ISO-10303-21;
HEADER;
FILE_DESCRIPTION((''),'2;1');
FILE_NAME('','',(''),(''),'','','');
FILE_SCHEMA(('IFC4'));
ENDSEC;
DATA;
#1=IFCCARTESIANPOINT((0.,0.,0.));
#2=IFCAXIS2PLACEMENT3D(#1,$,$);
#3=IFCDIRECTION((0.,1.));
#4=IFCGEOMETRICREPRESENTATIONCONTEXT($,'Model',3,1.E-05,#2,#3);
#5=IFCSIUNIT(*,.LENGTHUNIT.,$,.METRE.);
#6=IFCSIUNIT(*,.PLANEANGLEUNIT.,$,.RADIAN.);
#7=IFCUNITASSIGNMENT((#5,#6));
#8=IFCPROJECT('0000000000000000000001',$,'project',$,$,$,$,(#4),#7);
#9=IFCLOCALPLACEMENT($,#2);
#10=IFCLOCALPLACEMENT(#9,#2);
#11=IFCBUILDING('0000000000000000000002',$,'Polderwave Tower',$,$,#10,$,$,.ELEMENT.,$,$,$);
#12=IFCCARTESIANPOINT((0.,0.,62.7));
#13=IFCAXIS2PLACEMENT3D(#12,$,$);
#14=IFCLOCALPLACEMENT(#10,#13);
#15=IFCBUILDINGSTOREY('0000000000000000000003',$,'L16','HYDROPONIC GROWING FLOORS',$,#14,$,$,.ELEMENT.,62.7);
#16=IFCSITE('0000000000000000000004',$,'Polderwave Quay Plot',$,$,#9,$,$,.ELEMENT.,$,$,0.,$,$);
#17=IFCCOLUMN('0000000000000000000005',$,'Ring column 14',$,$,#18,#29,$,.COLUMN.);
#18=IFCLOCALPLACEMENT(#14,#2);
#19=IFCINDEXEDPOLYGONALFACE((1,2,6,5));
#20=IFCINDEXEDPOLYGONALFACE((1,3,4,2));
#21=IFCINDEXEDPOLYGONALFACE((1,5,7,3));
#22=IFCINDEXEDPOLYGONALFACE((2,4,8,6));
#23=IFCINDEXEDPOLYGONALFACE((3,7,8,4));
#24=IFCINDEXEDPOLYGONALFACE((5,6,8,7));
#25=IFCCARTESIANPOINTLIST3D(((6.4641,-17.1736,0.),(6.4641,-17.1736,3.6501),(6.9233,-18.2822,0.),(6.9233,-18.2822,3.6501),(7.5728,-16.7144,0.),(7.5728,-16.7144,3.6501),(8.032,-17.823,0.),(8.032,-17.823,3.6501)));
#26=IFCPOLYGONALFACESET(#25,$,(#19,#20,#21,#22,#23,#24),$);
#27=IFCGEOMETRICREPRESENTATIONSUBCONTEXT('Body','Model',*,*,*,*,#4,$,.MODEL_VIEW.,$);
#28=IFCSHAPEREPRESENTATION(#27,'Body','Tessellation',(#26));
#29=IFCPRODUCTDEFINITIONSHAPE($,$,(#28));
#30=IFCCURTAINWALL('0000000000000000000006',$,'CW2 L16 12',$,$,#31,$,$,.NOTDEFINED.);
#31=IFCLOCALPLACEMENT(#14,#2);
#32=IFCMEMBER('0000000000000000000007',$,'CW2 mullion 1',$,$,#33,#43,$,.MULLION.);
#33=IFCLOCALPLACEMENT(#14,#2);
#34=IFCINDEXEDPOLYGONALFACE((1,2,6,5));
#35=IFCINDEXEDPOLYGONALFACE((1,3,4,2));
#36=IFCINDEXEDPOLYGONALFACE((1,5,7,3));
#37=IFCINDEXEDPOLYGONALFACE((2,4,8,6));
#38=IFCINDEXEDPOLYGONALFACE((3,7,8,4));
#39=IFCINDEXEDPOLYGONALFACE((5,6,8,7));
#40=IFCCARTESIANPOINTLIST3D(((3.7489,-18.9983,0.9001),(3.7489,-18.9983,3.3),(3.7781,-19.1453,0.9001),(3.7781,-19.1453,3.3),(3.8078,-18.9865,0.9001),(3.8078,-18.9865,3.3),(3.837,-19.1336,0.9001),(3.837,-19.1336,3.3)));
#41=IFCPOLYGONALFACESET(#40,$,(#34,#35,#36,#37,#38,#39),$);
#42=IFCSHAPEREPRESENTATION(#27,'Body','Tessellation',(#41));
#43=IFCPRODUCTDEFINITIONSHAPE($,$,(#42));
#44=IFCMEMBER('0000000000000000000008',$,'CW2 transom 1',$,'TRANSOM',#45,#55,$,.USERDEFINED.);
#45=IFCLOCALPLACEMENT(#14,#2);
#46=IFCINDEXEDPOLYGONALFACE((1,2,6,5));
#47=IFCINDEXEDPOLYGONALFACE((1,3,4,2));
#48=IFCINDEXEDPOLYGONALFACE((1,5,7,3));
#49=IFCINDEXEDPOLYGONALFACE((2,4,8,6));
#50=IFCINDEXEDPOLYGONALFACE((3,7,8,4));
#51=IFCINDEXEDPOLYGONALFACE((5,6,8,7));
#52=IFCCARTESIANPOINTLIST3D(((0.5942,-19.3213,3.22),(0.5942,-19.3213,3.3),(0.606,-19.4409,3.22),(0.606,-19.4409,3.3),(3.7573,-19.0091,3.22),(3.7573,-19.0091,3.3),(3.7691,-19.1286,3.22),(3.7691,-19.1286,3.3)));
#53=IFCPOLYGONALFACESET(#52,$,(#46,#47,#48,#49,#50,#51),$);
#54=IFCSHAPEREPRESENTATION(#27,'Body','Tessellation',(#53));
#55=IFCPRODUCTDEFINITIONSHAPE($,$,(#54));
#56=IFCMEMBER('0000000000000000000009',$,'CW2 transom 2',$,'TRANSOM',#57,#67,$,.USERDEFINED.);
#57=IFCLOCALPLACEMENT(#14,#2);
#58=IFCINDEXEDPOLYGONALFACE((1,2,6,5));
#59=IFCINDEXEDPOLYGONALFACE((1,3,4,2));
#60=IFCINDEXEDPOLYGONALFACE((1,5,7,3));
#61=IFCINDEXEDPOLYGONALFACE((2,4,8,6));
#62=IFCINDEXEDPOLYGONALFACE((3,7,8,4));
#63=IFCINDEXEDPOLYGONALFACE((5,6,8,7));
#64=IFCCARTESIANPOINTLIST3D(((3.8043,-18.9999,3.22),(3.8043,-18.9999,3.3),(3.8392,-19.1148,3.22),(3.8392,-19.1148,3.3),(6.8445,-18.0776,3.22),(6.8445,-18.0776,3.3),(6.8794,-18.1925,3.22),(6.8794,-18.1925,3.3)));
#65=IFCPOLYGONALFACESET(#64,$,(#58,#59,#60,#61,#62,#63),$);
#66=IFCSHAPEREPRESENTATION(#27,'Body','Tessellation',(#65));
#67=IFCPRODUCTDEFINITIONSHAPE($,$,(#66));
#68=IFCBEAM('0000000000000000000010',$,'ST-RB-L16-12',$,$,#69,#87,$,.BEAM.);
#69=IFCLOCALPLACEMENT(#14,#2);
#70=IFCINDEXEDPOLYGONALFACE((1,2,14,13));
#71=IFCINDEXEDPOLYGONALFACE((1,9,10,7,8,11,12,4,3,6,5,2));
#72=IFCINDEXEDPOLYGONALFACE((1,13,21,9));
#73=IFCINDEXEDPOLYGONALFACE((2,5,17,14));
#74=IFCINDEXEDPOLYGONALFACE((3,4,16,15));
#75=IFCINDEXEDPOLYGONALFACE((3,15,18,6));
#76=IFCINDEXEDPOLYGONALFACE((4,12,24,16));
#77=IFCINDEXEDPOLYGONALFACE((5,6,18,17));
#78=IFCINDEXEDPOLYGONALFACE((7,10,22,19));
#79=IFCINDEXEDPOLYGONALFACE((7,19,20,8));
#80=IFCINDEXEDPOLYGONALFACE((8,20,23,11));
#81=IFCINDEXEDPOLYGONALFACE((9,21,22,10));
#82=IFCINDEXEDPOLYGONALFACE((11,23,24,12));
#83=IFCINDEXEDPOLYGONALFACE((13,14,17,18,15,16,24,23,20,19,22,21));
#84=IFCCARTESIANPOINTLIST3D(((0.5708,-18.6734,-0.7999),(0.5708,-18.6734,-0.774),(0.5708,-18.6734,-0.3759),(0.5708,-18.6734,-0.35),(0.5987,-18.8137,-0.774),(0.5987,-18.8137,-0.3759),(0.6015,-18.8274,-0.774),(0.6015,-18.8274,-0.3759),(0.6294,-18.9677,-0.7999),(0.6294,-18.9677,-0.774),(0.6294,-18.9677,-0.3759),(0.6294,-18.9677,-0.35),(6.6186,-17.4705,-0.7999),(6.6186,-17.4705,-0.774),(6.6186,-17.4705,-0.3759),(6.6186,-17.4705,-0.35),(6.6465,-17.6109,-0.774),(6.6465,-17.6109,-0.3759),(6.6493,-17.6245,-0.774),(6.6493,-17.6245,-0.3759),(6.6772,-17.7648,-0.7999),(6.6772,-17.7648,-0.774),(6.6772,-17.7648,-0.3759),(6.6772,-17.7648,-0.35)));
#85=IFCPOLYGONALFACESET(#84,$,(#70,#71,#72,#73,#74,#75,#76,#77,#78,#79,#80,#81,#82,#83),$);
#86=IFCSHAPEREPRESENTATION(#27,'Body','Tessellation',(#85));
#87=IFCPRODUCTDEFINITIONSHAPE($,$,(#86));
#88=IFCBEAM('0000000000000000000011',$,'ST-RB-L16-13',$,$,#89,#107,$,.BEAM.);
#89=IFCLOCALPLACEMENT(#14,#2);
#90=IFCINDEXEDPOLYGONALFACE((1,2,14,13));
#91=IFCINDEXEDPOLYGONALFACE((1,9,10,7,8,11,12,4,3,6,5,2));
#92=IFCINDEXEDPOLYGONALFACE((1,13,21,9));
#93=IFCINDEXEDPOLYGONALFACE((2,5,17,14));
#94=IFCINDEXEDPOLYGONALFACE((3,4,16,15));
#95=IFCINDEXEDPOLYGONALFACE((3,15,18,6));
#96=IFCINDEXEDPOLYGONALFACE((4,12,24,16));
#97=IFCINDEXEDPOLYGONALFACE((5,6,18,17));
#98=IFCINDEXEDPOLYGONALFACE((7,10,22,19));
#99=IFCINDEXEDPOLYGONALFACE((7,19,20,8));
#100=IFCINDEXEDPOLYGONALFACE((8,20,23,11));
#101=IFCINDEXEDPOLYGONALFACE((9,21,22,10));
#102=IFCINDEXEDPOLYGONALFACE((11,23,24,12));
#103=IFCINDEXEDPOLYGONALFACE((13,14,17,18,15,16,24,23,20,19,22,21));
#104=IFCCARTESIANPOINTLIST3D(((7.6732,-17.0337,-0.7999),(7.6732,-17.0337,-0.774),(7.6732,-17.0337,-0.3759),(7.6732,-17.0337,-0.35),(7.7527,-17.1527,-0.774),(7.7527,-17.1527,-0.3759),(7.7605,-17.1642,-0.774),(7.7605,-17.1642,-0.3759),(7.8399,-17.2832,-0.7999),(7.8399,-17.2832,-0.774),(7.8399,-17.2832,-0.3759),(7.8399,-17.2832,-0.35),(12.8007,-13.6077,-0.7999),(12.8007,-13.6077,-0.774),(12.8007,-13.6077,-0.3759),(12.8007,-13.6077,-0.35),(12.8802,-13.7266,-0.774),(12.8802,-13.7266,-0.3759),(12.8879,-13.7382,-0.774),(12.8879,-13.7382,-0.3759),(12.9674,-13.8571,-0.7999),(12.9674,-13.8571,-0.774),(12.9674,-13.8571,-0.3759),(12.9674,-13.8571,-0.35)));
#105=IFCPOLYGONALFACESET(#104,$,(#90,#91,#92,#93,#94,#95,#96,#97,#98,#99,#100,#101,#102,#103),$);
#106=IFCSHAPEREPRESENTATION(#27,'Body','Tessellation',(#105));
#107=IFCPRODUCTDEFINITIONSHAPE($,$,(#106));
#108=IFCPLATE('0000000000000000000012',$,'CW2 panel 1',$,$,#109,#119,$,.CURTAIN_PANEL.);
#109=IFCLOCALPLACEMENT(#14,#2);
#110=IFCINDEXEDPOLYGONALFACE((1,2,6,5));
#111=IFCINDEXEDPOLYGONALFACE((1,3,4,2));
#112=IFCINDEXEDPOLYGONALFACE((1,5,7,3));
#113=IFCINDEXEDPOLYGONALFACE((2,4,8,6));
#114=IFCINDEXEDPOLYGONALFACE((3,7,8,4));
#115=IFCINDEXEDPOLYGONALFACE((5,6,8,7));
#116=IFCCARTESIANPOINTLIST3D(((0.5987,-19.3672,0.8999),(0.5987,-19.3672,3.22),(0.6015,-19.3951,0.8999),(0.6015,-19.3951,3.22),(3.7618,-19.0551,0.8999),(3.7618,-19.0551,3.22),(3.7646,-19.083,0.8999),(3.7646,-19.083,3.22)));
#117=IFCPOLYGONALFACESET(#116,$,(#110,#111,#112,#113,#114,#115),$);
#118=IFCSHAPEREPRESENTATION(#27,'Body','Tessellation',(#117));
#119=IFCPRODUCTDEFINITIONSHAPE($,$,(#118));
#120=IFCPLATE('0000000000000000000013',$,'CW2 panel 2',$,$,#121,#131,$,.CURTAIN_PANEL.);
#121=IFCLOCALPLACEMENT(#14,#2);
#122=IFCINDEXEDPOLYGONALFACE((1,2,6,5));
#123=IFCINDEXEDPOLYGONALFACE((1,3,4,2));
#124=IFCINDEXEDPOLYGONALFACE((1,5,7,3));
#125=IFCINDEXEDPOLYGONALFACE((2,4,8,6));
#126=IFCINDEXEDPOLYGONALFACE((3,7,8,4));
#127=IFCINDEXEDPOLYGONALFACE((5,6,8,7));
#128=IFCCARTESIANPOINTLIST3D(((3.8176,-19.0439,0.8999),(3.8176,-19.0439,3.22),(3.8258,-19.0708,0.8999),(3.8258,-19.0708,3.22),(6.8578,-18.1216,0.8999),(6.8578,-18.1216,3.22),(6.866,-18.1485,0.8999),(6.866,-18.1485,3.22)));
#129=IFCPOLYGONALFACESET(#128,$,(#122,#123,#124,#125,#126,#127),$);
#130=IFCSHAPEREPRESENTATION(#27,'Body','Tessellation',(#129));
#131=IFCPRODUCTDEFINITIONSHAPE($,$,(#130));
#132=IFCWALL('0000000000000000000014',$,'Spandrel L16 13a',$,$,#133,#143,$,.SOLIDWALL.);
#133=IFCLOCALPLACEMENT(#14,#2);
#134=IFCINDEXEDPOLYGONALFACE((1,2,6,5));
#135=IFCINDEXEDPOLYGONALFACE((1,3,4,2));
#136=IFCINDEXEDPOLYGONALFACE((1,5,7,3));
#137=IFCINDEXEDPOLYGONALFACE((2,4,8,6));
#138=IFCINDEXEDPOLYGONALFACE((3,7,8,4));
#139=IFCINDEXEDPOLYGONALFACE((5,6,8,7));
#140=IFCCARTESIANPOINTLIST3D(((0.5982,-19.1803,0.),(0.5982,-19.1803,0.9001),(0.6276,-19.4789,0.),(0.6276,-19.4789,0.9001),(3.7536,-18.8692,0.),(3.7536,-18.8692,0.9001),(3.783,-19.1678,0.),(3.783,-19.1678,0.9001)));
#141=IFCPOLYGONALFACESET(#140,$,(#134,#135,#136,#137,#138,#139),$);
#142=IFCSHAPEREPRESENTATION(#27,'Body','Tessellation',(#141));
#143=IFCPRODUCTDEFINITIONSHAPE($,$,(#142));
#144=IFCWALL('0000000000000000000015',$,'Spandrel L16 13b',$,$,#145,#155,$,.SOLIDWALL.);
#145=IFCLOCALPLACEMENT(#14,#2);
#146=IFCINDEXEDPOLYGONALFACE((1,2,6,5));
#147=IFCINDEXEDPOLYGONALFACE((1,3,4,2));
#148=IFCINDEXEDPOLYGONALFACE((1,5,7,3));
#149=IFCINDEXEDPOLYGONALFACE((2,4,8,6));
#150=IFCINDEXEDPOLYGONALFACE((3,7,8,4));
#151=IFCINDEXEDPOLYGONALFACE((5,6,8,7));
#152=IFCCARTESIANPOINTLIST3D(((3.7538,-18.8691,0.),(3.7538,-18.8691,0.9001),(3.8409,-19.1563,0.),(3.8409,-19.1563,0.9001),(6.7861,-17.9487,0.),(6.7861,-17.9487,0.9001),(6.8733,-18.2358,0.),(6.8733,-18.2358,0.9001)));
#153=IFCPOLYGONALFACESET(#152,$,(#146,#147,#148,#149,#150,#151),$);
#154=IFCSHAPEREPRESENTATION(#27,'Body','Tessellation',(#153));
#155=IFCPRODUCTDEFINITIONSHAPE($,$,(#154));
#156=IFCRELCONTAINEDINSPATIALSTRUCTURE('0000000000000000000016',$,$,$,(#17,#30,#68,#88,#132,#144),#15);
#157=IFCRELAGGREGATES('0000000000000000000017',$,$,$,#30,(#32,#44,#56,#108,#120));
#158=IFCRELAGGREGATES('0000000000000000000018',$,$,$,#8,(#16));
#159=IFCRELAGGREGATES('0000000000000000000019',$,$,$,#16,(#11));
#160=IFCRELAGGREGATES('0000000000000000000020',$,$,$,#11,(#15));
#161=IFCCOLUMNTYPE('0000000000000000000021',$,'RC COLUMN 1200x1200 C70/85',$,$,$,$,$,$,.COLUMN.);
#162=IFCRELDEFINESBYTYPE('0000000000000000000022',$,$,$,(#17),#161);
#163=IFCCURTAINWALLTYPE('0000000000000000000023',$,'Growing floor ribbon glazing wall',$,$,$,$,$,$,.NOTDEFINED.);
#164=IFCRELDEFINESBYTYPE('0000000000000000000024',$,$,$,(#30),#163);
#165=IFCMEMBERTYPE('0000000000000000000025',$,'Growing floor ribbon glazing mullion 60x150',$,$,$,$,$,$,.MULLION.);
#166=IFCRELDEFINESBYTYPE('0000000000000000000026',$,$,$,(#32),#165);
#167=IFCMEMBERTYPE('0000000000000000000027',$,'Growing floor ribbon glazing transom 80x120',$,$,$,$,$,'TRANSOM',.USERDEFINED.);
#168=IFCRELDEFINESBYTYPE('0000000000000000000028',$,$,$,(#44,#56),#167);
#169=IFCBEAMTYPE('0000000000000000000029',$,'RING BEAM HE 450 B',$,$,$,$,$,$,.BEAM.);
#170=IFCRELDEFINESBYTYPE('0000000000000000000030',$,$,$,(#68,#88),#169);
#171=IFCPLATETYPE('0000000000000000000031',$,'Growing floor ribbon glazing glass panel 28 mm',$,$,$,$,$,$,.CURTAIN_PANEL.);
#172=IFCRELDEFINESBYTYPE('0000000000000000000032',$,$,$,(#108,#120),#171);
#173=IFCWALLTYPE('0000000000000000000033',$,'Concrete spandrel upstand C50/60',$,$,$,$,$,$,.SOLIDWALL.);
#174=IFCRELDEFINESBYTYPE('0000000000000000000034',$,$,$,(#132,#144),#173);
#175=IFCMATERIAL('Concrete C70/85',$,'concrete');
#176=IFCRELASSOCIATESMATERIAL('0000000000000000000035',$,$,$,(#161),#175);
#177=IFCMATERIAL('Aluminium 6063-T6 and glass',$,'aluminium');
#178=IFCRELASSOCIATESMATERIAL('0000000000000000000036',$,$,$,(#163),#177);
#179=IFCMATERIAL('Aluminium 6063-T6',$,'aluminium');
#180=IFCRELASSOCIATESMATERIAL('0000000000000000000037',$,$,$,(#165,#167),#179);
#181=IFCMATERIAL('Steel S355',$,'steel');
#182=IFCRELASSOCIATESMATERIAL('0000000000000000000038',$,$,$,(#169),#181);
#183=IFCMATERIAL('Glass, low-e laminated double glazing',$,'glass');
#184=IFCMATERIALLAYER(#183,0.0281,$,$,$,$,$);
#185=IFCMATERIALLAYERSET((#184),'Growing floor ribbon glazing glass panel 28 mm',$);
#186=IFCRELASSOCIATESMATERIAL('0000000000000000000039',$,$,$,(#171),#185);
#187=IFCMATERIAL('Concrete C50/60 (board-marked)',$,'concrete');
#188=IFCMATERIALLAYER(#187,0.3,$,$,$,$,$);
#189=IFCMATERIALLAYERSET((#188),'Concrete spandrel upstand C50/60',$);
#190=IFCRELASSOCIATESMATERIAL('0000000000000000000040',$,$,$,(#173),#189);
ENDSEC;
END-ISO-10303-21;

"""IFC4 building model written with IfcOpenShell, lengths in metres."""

from ifc_helpers import new_model, si_unit, direction, frame, frame_2d, origin, origin_2d, place, context, subcontext, project, spatial, rectangle, i_section, extrude, material, layer, layer_set, material_profile, profile_set, type_object, element, aggregate, save


model = new_model("IFC4")

# Units and contexts
model_context = context("Model", 3, precision=1e-05, world=origin(), true_north=direction((0.0, 1.0)))
body_context = subcontext(model_context, "Body", "Model", "MODEL_VIEW")
ifc_project = project(units=[si_unit("LENGTHUNIT", "METRE"), si_unit("PLANEANGLEUNIT", "RADIAN")], contexts=[model_context])

# Site, building, storey
site_placement = place(None, origin())
site = spatial("IfcSite", under=ifc_project, at=site_placement, Name="Polderwave Quay Plot", CompositionType="ELEMENT", RefElevation=0.0)
building_placement = place(site_placement, origin())
building = spatial("IfcBuilding", under=site, at=building_placement, Name="Polderwave Tower", CompositionType="ELEMENT")
storey_placement = place(building_placement, frame((0.0, 0.0, 62.7)))
storey = spatial("IfcBuildingStorey", under=building, at=storey_placement, Name="L16", Description="HYDROPONIC GROWING FLOORS", CompositionType="ELEMENT", Elevation=62.7)

# Column
ifc_material_1 = material(Name="Concrete C70/85", Category="concrete")
ifc_material_profile_1 = material_profile(ifc_material_1, rectangle(XDim=1.2, YDim=1.2, at=origin_2d()), Name="RC 1200x1200")
ifc_profile_set_1 = profile_set([ifc_material_profile_1], Name="Concrete C70/85")
column_type = type_object("IfcColumnType", Name="RC COLUMN 1200x1200 C70/85", PredefinedType="COLUMN", material=ifc_profile_set_1)
column_placement = place(storey_placement, frame((7.248, -17.4983, 0.0), z_axis=(0.0, 0.0, 1.0), x_axis=(0.382683, -0.92388, 0.0)))
element("IfcColumn", 1, at=column_placement, inside=storey, type_object=column_type, Name="Ring column 14", PredefinedType="COLUMN", context=body_context, shape_type="SweptSolid", body=[
    extrude(rectangle(XDim=1.2, YDim=1.2, at=origin_2d()), origin(), (0.0, 0.0, 1.0), 3.6501),
])

# Curtain wall, members
ifc_material_2 = material(Name="Aluminium 6063-T6 and glass", Category="aluminium")
curtain_wall_type = type_object("IfcCurtainWallType", Name="Growing floor ribbon glazing wall", PredefinedType="NOTDEFINED", material=ifc_material_2)
curtain_wall_placement = place(storey_placement, origin())
curtain_wall = element("IfcCurtainWall", 2, at=curtain_wall_placement, inside=storey, type_object=curtain_wall_type, Name="CW2 L16 12", PredefinedType="NOTDEFINED")
ifc_material_3 = material(Name="Aluminium 6063-T6", Category="aluminium")
ifc_material_profile_2 = material_profile(ifc_material_3, rectangle(XDim=0.1499, YDim=0.0601, at=origin_2d()), Name="AL 60x150")
ifc_profile_set_2 = profile_set([ifc_material_profile_2], Name="Aluminium 6063-T6")
member_type_1 = type_object("IfcMemberType", Name="Growing floor ribbon glazing mullion 60x150", PredefinedType="MULLION", material=ifc_profile_set_2)
member_1_placement = place(storey_placement, frame((3.793, -19.0659, 0.9001), z_axis=(0.0, 0.0, 1.0), x_axis=(-0.195172, 0.980769, 0.0)))
member_1 = element("IfcMember", 3, at=member_1_placement, type_object=member_type_1, Name="CW2 mullion 1", PredefinedType="MULLION", context=body_context, shape_type="SweptSolid", body=[
    extrude(rectangle(XDim=0.1499, YDim=0.0601, at=origin_2d()), origin(), (0.0, 0.0, 1.0), 2.3999),
])
ifc_material_profile_3 = material_profile(ifc_material_3, rectangle(XDim=0.1201, YDim=0.0801, at=origin_2d()), Name="AL 80x120")
ifc_profile_set_3 = profile_set([ifc_material_profile_3], Name="Aluminium 6063-T6")
member_type_2 = type_object("IfcMemberType", Name="Growing floor ribbon glazing transom 80x120", ElementType="TRANSOM", PredefinedType="USERDEFINED", material=ifc_profile_set_3)
member_2_placement = place(storey_placement, frame((0.6001, -19.3811, 3.26), z_axis=(0.995163, 0.098241, 0.0), x_axis=(-0.098241, 0.995163, 0.0)))
member_2 = element("IfcMember", 4, at=member_2_placement, type_object=member_type_2, Name="CW2 transom 1", ObjectType="TRANSOM", PredefinedType="USERDEFINED", context=body_context, shape_type="SweptSolid", body=[
    extrude(rectangle(XDim=0.1201, YDim=0.0801, at=origin_2d()), origin(), (0.0, 0.0, 1.0), 3.1785),
])
member_3_placement = place(storey_placement, frame((3.8218, -19.0574, 3.26), z_axis=(0.956931, 0.290314, 0.0), x_axis=(-0.290314, 0.956931, 0.0)))
member_3 = element("IfcMember", 5, at=member_3_placement, type_object=member_type_2, Name="CW2 transom 2", ObjectType="TRANSOM", PredefinedType="USERDEFINED", context=body_context, shape_type="SweptSolid", body=[
    extrude(rectangle(XDim=0.1201, YDim=0.0801, at=origin_2d()), origin(), (0.0, 0.0, 1.0), 3.177),
])

# Beams
ifc_material_4 = material(Name="Steel S355", Category="steel")
ifc_material_profile_4 = material_profile(ifc_material_4, i_section(OverallWidth=0.3, OverallDepth=0.45, WebThickness=0.0139, FlangeThickness=0.0259, at=origin_2d()), Name="HE 450 B")
ifc_profile_set_4 = profile_set([ifc_material_profile_4], Name="Steel S355")
beam_type = type_object("IfcBeamType", Name="RING BEAM HE 450 B", PredefinedType="BEAM", material=ifc_profile_set_4)
beam_1_placement = place(storey_placement, frame((0.6001, -18.8206, -0.575), z_axis=(0.980789, 0.195073, 0.0), x_axis=(-0.195073, 0.980789, 0.0)))
element("IfcBeam", 6, at=beam_1_placement, inside=storey, type_object=beam_type, Name="ST-RB-L16-12", PredefinedType="BEAM", context=body_context, shape_type="SweptSolid", body=[
    extrude(i_section(OverallWidth=0.3, OverallDepth=0.45, WebThickness=0.0139, FlangeThickness=0.0259, at=origin_2d()), origin(), (0.0, 0.0, 1.0), 6.1663),
])
beam_2_placement = place(storey_placement, frame((7.7566, -17.1584, -0.575), z_axis=(0.831471, 0.555568, 0.0), x_axis=(-0.555568, 0.831471, 0.0)))
element("IfcBeam", 7, at=beam_2_placement, inside=storey, type_object=beam_type, Name="ST-RB-L16-13", PredefinedType="BEAM", context=body_context, shape_type="SweptSolid", body=[
    extrude(i_section(OverallWidth=0.3, OverallDepth=0.45, WebThickness=0.0139, FlangeThickness=0.0259, at=origin_2d()), origin(), (0.0, 0.0, 1.0), 6.1667),
])

# Plates
ifc_material_5 = material(Name="Glass, low-e laminated double glazing", Category="glass")
ifc_layer_1 = layer(ifc_material_5, 0.0281)
ifc_layer_set_1 = layer_set([ifc_layer_1], Name="Growing floor ribbon glazing glass panel 28 mm")
plate_type = type_object("IfcPlateType", Name="Growing floor ribbon glazing glass panel 28 mm", PredefinedType="CURTAIN_PANEL", material=ifc_layer_set_1)
plate_1_placement = place(storey_placement, frame((2.1816, -19.2251, 0.8999), z_axis=(0.0, 0.0, 1.0), x_axis=(0.995169, 0.098177, 0.0)))
plate_1 = element("IfcPlate", 8, at=plate_1_placement, type_object=plate_type, Name="CW2 panel 1", PredefinedType="CURTAIN_PANEL", context=body_context, shape_type="SweptSolid", body=[
    extrude(rectangle(XDim=3.1785, YDim=0.0281, at=origin_2d()), origin(), (0.0, 0.0, 1.0), 2.3201),
])
plate_2_placement = place(storey_placement, frame((5.3418, -18.5962, 0.8999), z_axis=(0.0, 0.0, 1.0), x_axis=(0.956938, 0.290293, 0.0)))
plate_2 = element("IfcPlate", 9, at=plate_2_placement, type_object=plate_type, Name="CW2 panel 2", PredefinedType="CURTAIN_PANEL", context=body_context, shape_type="SweptSolid", body=[
    extrude(rectangle(XDim=3.177, YDim=0.0281, at=origin_2d()), origin(), (0.0, 0.0, 1.0), 2.3201),
])
aggregate(curtain_wall, [member_1, member_2, member_3, plate_1, plate_2])

# Walls
ifc_material_6 = material(Name="Concrete C50/60 (board-marked)", Category="concrete")
ifc_layer_2 = layer(ifc_material_6, 0.3)
ifc_layer_set_2 = layer_set([ifc_layer_2], Name="Concrete spandrel upstand C50/60")
wall_type_1 = type_object("IfcWallType", Name="Concrete spandrel upstand C50/60", PredefinedType="SOLIDWALL", material=ifc_layer_set_2)
wall_1_placement = place(storey_placement, frame((0.6128, -19.3296, 0.0), z_axis=(0.0, 0.0, 1.0), x_axis=(0.995176, 0.098101, 0.0)))
element("IfcWall", 10, at=wall_1_placement, inside=storey, type_object=wall_type_1, Name="Spandrel L16 13a", PredefinedType="SOLIDWALL", context=body_context, shape_type="SweptSolid", body=[
    extrude(rectangle(XDim=3.1707, YDim=0.3, at=frame_2d((1.5854, 0.0))), origin(), (0.0, 0.0, 1.0), 0.9001),
])
wall_2_placement = place(storey_placement, frame((3.7974, -19.0127, 0.0), z_axis=(0.0, 0.0, 1.0), x_axis=(0.956888, 0.290456, 0.0)))
element("IfcWall", 11, at=wall_2_placement, inside=storey, type_object=wall_type_1, Name="Spandrel L16 13b", PredefinedType="SOLIDWALL", context=body_context, shape_type="SweptSolid", body=[
    extrude(rectangle(XDim=3.1689, YDim=0.3, at=frame_2d((1.5845, 0.0))), origin(), (0.0, 0.0, 1.0), 0.9001),
])

save(model, "model.ifc")
